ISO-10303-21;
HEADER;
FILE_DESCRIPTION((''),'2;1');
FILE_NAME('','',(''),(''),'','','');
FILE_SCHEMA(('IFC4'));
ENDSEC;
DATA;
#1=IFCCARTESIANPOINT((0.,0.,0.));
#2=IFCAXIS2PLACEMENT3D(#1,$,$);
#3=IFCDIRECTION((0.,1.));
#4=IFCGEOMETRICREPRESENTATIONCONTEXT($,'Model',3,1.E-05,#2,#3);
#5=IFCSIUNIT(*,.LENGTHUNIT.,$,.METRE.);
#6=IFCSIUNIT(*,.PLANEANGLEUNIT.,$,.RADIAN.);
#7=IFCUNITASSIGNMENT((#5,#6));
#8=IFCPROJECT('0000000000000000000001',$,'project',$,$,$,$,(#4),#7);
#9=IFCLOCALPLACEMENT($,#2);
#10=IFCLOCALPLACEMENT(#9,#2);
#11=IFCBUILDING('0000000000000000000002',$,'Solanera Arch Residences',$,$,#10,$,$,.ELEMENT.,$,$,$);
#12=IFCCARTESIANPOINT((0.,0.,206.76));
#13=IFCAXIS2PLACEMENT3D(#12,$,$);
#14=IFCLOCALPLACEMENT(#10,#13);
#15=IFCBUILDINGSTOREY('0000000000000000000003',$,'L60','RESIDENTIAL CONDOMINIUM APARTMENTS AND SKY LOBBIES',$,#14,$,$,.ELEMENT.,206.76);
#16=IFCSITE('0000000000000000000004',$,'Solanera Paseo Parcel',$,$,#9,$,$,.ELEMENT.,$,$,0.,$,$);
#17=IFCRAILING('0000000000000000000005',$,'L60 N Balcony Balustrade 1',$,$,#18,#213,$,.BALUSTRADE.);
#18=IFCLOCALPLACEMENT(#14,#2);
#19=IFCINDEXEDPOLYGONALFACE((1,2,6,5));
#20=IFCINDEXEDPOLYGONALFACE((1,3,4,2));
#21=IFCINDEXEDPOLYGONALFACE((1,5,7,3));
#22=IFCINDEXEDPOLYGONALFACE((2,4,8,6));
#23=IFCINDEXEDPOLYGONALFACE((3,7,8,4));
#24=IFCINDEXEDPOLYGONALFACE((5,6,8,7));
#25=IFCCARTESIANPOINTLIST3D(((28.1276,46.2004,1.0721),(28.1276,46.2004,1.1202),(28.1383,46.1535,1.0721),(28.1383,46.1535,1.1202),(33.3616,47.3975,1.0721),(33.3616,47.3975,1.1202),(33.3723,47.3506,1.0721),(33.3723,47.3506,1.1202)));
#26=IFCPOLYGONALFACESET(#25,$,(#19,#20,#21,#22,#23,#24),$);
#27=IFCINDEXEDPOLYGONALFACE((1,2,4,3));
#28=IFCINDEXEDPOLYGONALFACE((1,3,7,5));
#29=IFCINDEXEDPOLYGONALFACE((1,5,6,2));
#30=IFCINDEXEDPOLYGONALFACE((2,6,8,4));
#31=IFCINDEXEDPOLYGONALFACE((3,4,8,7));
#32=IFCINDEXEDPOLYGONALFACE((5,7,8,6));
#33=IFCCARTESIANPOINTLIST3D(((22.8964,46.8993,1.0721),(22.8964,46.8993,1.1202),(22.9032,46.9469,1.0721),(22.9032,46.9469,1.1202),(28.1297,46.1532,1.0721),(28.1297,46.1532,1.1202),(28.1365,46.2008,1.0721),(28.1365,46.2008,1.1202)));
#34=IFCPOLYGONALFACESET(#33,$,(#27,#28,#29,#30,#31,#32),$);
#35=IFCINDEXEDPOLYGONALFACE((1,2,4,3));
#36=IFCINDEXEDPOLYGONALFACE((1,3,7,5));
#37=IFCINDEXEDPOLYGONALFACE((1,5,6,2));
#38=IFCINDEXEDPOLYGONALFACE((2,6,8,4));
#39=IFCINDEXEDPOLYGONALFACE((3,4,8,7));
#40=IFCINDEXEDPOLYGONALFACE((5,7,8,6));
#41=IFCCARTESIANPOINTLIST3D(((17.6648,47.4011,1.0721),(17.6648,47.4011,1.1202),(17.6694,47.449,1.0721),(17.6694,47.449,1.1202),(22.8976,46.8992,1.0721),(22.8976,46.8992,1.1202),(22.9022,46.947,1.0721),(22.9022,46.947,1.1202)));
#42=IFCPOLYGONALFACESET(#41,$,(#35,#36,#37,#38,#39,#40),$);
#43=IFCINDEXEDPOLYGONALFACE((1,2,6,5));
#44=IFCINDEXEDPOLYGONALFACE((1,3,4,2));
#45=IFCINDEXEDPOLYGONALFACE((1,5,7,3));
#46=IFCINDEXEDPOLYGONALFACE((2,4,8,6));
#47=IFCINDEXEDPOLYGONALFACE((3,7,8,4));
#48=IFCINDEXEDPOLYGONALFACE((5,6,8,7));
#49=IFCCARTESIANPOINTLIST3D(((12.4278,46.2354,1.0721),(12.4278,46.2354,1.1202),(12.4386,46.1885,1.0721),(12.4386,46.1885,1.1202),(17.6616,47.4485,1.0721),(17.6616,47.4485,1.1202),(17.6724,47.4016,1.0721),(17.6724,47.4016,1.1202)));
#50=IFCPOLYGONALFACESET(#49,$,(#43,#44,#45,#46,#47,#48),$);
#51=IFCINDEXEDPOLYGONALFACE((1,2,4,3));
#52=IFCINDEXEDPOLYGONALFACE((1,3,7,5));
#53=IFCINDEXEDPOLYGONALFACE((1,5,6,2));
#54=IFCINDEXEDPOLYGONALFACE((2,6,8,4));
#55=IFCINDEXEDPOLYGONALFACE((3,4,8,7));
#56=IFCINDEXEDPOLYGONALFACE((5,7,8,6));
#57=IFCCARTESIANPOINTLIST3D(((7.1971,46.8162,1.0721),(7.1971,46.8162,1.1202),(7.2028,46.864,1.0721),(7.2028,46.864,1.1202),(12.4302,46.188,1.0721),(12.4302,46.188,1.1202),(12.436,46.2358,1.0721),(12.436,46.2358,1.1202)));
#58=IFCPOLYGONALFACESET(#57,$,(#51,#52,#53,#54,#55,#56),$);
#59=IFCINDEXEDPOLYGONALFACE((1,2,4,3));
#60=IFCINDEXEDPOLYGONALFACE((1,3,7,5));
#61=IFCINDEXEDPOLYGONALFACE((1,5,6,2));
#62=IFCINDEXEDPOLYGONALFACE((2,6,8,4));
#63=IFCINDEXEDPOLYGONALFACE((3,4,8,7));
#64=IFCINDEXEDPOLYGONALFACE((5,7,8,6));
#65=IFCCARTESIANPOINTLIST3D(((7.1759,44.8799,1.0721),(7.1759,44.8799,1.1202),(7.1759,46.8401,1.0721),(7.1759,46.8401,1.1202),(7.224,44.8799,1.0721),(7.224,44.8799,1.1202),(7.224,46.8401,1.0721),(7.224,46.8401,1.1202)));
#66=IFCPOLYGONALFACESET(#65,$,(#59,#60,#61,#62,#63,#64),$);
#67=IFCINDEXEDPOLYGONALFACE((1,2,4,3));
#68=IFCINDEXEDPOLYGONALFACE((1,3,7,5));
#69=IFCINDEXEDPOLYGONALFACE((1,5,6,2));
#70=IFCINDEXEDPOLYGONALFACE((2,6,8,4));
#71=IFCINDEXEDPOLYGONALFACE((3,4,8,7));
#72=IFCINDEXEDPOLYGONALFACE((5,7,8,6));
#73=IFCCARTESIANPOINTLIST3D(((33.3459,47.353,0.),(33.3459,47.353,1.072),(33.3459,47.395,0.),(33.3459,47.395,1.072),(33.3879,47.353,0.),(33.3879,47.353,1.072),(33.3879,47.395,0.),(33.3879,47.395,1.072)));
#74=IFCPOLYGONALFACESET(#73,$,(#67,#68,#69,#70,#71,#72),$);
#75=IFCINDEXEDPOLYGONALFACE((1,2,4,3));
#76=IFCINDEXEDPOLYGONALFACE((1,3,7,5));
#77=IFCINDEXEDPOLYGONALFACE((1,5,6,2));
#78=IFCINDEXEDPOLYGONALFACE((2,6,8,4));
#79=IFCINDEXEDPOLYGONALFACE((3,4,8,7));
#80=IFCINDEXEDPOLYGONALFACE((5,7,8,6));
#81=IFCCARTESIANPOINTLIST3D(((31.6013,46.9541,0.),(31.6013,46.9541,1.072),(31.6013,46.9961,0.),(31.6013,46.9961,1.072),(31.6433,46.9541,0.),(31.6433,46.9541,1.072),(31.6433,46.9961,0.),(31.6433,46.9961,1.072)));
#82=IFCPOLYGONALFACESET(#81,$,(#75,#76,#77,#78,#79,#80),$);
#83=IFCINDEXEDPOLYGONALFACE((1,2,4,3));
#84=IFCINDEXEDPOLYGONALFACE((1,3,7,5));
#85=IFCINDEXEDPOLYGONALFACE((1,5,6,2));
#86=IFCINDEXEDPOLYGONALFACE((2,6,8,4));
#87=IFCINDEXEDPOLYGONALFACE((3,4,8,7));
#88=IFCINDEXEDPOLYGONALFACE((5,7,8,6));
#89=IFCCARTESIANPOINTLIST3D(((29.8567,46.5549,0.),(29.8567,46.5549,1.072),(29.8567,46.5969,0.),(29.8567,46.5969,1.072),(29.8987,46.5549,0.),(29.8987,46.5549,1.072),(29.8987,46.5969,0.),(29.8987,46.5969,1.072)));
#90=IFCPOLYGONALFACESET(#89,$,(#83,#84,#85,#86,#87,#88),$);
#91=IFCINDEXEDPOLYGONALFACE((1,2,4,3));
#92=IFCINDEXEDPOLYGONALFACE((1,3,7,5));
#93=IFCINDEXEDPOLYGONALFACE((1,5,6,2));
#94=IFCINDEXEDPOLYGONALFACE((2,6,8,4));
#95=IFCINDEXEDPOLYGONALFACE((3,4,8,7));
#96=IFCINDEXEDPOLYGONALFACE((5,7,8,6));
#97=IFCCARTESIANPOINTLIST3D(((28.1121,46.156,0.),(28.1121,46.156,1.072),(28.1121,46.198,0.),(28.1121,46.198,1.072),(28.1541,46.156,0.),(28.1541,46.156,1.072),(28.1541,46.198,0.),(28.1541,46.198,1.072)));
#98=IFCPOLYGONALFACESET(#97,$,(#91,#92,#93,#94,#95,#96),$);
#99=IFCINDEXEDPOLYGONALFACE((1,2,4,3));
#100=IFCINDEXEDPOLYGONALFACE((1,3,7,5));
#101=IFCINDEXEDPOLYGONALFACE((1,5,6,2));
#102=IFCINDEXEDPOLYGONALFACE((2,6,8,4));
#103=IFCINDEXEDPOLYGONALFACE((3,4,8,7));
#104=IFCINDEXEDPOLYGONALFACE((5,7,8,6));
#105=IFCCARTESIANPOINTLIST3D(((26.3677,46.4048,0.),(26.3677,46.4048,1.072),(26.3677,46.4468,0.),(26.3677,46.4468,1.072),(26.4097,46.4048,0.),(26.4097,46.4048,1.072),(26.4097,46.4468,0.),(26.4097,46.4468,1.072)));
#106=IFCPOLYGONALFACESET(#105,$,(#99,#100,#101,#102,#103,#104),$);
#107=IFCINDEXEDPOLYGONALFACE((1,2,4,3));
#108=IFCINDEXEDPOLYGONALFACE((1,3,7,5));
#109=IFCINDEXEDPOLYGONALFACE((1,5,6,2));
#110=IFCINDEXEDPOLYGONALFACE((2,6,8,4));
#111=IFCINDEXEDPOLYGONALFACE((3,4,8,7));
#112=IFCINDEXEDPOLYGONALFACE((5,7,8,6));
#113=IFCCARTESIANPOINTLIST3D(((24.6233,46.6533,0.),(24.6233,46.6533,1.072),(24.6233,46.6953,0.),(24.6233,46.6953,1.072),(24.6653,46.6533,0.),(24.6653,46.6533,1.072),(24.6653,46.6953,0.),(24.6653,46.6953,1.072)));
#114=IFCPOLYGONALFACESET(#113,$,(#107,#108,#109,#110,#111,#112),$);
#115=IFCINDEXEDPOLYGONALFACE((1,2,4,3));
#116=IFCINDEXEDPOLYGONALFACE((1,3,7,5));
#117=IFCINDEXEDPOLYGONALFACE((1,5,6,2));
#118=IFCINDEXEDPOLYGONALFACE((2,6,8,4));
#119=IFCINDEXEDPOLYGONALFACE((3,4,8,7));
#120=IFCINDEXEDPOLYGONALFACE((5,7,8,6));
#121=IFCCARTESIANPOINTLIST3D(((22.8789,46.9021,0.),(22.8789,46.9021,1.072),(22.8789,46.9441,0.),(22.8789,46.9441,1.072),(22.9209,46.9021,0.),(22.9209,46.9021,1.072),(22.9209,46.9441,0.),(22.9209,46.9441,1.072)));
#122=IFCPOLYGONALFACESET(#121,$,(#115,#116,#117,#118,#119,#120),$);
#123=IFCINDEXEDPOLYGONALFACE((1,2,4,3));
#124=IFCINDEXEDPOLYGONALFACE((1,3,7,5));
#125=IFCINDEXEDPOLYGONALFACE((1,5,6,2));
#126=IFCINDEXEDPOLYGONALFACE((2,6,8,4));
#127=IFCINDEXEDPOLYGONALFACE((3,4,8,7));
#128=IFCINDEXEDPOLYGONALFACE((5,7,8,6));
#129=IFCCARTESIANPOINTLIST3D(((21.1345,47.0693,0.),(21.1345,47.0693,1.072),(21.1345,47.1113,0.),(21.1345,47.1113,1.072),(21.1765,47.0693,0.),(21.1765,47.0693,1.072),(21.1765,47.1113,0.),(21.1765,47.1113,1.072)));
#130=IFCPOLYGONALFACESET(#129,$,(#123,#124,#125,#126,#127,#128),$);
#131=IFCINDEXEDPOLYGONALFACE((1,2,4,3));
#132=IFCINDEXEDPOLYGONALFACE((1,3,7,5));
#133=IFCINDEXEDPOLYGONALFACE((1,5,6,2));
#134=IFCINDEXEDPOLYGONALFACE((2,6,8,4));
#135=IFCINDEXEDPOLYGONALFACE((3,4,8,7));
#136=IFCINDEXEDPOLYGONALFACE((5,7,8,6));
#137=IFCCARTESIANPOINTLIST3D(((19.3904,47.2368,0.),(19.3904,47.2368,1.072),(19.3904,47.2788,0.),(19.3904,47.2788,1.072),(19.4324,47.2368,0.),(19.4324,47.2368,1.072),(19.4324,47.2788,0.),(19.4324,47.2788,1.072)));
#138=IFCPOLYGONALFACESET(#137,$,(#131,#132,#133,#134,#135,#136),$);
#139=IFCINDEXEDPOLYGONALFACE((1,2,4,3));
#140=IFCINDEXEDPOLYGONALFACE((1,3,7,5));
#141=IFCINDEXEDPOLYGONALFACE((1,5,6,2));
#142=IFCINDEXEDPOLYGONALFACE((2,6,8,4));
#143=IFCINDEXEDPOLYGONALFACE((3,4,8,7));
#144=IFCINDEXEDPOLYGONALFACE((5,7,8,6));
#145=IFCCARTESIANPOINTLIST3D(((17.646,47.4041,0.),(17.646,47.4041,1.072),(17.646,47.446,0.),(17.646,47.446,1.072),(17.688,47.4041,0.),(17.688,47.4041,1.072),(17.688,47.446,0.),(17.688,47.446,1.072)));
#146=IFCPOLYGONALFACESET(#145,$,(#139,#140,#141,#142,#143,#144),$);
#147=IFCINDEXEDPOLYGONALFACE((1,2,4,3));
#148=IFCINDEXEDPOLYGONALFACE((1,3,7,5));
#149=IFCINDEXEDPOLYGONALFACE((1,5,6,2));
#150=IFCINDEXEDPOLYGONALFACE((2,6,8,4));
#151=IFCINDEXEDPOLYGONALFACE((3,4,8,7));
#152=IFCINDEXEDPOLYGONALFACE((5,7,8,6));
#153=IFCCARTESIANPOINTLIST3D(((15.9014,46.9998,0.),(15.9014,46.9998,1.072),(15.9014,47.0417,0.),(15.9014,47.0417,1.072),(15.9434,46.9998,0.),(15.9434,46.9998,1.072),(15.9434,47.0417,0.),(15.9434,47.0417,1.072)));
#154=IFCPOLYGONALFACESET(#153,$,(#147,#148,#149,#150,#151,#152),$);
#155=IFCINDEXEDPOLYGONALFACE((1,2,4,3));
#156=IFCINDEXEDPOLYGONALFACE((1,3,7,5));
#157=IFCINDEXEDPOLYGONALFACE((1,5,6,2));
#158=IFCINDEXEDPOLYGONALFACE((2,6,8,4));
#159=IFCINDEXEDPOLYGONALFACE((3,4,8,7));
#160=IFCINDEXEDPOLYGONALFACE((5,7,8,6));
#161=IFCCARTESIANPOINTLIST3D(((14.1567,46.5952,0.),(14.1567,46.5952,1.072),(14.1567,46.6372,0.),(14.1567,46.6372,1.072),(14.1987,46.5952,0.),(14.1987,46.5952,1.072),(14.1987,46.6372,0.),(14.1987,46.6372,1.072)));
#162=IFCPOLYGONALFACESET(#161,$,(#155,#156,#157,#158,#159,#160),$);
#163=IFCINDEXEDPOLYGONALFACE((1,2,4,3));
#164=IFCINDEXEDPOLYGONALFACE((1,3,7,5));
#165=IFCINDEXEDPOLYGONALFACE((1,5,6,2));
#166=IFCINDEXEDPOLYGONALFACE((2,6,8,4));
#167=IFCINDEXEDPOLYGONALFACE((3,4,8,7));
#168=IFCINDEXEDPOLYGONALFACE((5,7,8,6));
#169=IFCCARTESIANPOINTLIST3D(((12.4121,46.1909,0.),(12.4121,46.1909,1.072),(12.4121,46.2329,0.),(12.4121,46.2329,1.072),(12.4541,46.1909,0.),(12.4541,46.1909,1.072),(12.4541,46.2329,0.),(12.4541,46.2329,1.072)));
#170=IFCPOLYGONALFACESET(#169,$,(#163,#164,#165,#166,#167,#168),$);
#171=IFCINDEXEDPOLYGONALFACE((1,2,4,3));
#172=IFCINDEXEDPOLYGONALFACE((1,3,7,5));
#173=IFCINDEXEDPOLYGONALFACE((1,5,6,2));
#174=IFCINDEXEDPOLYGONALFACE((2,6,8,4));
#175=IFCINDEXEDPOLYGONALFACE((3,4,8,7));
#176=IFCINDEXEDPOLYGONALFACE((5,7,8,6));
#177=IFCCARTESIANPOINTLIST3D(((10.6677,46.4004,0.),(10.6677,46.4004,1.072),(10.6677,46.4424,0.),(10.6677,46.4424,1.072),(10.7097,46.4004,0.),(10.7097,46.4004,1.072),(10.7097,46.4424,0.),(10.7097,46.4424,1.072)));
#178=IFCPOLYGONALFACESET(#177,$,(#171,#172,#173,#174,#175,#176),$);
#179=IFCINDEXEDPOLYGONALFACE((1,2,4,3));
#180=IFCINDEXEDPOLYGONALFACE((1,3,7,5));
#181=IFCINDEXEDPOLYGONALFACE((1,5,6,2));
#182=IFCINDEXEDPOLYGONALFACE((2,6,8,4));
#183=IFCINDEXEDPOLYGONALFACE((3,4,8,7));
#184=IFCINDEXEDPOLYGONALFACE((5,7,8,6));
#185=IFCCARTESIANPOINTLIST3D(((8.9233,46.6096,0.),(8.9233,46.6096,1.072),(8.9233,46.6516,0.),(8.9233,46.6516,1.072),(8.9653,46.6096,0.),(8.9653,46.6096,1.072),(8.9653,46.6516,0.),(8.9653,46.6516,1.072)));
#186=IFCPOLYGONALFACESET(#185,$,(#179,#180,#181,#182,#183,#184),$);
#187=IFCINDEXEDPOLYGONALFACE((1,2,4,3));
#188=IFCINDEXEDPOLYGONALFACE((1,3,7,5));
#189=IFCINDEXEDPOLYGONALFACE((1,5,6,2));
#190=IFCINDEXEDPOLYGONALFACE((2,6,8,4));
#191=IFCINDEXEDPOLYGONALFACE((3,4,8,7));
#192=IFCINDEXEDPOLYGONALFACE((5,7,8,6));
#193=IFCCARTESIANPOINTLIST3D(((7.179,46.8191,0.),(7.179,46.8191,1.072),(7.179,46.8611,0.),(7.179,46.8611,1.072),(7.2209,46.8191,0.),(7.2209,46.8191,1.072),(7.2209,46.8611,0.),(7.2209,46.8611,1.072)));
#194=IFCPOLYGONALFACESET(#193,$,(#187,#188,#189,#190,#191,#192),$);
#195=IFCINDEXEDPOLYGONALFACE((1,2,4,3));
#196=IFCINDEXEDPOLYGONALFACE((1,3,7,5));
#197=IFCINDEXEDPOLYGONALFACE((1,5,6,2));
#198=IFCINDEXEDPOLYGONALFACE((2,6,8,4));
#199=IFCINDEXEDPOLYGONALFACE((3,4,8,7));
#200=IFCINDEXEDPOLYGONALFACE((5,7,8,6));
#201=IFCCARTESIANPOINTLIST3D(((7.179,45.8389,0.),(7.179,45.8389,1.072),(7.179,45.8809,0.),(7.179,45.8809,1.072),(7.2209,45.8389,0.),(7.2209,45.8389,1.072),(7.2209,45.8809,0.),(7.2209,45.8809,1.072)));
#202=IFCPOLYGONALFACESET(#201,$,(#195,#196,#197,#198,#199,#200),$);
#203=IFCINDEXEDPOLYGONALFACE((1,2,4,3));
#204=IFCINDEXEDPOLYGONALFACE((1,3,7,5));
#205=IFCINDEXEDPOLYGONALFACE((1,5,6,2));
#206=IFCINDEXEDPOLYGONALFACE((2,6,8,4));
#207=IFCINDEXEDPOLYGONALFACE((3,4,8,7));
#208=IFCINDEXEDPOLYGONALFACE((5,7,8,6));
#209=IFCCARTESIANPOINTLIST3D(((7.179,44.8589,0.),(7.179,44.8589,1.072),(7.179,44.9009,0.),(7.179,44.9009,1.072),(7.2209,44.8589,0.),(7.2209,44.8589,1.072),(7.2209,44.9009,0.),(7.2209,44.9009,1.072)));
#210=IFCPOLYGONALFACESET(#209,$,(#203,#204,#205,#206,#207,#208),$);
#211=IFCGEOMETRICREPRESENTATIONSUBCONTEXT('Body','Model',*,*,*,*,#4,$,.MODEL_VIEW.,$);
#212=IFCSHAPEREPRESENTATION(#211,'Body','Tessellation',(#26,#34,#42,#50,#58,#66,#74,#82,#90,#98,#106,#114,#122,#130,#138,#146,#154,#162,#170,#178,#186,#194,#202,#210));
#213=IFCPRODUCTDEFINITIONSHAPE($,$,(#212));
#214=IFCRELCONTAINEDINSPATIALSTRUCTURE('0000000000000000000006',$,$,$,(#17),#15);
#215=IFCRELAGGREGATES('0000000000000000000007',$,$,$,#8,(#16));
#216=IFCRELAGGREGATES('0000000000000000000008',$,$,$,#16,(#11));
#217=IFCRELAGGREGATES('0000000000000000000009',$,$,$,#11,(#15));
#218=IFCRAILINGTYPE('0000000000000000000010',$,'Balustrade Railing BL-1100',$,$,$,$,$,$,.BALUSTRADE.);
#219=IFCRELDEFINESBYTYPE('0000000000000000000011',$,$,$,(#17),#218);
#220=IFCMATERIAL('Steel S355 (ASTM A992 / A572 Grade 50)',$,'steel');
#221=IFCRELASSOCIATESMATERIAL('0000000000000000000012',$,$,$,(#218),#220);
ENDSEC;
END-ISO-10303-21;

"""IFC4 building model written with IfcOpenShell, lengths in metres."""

from ifc_helpers import new_model, si_unit, direction, frame, origin, origin_2d, place, context, subcontext, project, spatial, rectangle, extrude, material, type_object, element, save


model = new_model("IFC4")

# Units and contexts
model_context = context("Model", 3, precision=1e-05, world=origin(), true_north=direction((0.0, 1.0)))
body_context = subcontext(model_context, "Body", "Model", "MODEL_VIEW")
ifc_project = project(units=[si_unit("LENGTHUNIT", "METRE"), si_unit("PLANEANGLEUNIT", "RADIAN")], contexts=[model_context])

# Site, building, storey
site_placement = place(None, origin())
site = spatial("IfcSite", under=ifc_project, at=site_placement, Name="Solanera Paseo Parcel", CompositionType="ELEMENT", RefElevation=0.0)
building_placement = place(site_placement, origin())
building = spatial("IfcBuilding", under=site, at=building_placement, Name="Solanera Arch Residences", CompositionType="ELEMENT")
storey_placement = place(building_placement, frame((0.0, 0.0, 206.76)))
storey = spatial("IfcBuildingStorey", under=building, at=storey_placement, Name="L60", Description="RESIDENTIAL CONDOMINIUM APARTMENTS AND SKY LOBBIES", CompositionType="ELEMENT", Elevation=206.76)

# Railing
ifc_material_1 = material(Name="Steel S355 (ASTM A992 / A572 Grade 50)", Category="steel")
railing_type = type_object("IfcRailingType", Name="Balustrade Railing BL-1100", PredefinedType="BALUSTRADE", material=ifc_material_1)
railing_placement = place(storey_placement, frame((33.3669, 47.374, 0.0)))
element("IfcRailing", 1, at=railing_placement, inside=storey, type_object=railing_type, Name="L60 N Balcony Balustrade 1", PredefinedType="BALUSTRADE", context=body_context, shape_type="SweptSolid", body=[
    extrude(rectangle(XDim=0.0481, YDim=0.0481, at=origin_2d()), frame((0.0, 0.0, 1.0962), z_axis=(-0.97483, -0.22295, 0.0), x_axis=(0.22295, -0.97483, 0.0)), (0.0, 0.0, 1.0), 5.3691),
    extrude(rectangle(XDim=0.0481, YDim=0.0481, at=origin_2d()), frame((-5.2339, -1.197, 1.0962), z_axis=(-0.989989, 0.141143, 0.0), x_axis=(-0.141143, -0.989989, 0.0)), (0.0, 0.0, 1.0), 5.2861),
    extrude(rectangle(XDim=0.0481, YDim=0.0481, at=origin_2d()), frame((-10.467, -0.4509, 1.0962), z_axis=(-0.995431, 0.095484, 0.0), x_axis=(-0.095484, -0.995431, 0.0)), (0.0, 0.0, 1.0), 5.2568),
    extrude(rectangle(XDim=0.0481, YDim=0.0481, at=origin_2d()), frame((-15.7, 0.051, 1.0962), z_axis=(-0.974174, -0.225799, 0.0), x_axis=(0.225799, -0.974174, 0.0)), (0.0, 0.0, 1.0), 5.3726),
    extrude(rectangle(XDim=0.0481, YDim=0.0481, at=origin_2d()), frame((-20.9338, -1.1621, 1.0962), z_axis=(-0.992872, 0.119182, 0.0), x_axis=(-0.119182, -0.992872, 0.0)), (0.0, 0.0, 1.0), 5.2708),
    extrude(rectangle(XDim=0.0481, YDim=0.0481, at=origin_2d()), frame((-26.167, -0.5339, 1.0962), z_axis=(0.0, -1.0, 0.0), x_axis=(1.0, 0.0, 0.0)), (0.0, 0.0, 1.0), 1.9602),
    extrude(rectangle(XDim=0.042, YDim=0.042, at=origin_2d()), origin(), (0.0, 0.0, 1.0), 1.072),
    extrude(rectangle(XDim=0.042, YDim=0.042, at=origin_2d()), frame((-1.7446, -0.3989, 0.0)), (0.0, 0.0, 1.0), 1.072),
    extrude(rectangle(XDim=0.042, YDim=0.042, at=origin_2d()), frame((-3.4893, -0.7981, 0.0)), (0.0, 0.0, 1.0), 1.072),
    extrude(rectangle(XDim=0.042, YDim=0.042, at=origin_2d()), frame((-5.2339, -1.197, 0.0)), (0.0, 0.0, 1.0), 1.072),
    extrude(rectangle(XDim=0.042, YDim=0.042, at=origin_2d()), frame((-6.9783, -0.9482, 0.0)), (0.0, 0.0, 1.0), 1.072),
    extrude(rectangle(XDim=0.042, YDim=0.042, at=origin_2d()), frame((-8.7227, -0.6997, 0.0)), (0.0, 0.0, 1.0), 1.072),
    extrude(rectangle(XDim=0.042, YDim=0.042, at=origin_2d()), frame((-10.467, -0.4509, 0.0)), (0.0, 0.0, 1.0), 1.072),
    extrude(rectangle(XDim=0.042, YDim=0.042, at=origin_2d()), frame((-12.2114, -0.2837, 0.0)), (0.0, 0.0, 1.0), 1.072),
    extrude(rectangle(XDim=0.042, YDim=0.042, at=origin_2d()), frame((-13.9556, -0.1162, 0.0)), (0.0, 0.0, 1.0), 1.072),
    extrude(rectangle(XDim=0.042, YDim=0.042, at=origin_2d()), frame((-15.7, 0.051, 0.0)), (0.0, 0.0, 1.0), 1.072),
    extrude(rectangle(XDim=0.042, YDim=0.042, at=origin_2d()), frame((-17.4446, -0.3533, 0.0)), (0.0, 0.0, 1.0), 1.072),
    extrude(rectangle(XDim=0.042, YDim=0.042, at=origin_2d()), frame((-19.1892, -0.7578, 0.0)), (0.0, 0.0, 1.0), 1.072),
    extrude(rectangle(XDim=0.042, YDim=0.042, at=origin_2d()), frame((-20.9338, -1.1621, 0.0)), (0.0, 0.0, 1.0), 1.072),
    extrude(rectangle(XDim=0.042, YDim=0.042, at=origin_2d()), frame((-22.6782, -0.9526, 0.0)), (0.0, 0.0, 1.0), 1.072),
    extrude(rectangle(XDim=0.042, YDim=0.042, at=origin_2d()), frame((-24.4226, -0.7434, 0.0)), (0.0, 0.0, 1.0), 1.072),
    extrude(rectangle(XDim=0.042, YDim=0.042, at=origin_2d()), frame((-26.167, -0.5339, 0.0)), (0.0, 0.0, 1.0), 1.072),
    extrude(rectangle(XDim=0.042, YDim=0.042, at=origin_2d()), frame((-26.167, -1.5142, 0.0)), (0.0, 0.0, 1.0), 1.072),
    extrude(rectangle(XDim=0.042, YDim=0.042, at=origin_2d()), frame((-26.167, -2.4941, 0.0)), (0.0, 0.0, 1.0), 1.072),
])

save(model, "model.ifc")
